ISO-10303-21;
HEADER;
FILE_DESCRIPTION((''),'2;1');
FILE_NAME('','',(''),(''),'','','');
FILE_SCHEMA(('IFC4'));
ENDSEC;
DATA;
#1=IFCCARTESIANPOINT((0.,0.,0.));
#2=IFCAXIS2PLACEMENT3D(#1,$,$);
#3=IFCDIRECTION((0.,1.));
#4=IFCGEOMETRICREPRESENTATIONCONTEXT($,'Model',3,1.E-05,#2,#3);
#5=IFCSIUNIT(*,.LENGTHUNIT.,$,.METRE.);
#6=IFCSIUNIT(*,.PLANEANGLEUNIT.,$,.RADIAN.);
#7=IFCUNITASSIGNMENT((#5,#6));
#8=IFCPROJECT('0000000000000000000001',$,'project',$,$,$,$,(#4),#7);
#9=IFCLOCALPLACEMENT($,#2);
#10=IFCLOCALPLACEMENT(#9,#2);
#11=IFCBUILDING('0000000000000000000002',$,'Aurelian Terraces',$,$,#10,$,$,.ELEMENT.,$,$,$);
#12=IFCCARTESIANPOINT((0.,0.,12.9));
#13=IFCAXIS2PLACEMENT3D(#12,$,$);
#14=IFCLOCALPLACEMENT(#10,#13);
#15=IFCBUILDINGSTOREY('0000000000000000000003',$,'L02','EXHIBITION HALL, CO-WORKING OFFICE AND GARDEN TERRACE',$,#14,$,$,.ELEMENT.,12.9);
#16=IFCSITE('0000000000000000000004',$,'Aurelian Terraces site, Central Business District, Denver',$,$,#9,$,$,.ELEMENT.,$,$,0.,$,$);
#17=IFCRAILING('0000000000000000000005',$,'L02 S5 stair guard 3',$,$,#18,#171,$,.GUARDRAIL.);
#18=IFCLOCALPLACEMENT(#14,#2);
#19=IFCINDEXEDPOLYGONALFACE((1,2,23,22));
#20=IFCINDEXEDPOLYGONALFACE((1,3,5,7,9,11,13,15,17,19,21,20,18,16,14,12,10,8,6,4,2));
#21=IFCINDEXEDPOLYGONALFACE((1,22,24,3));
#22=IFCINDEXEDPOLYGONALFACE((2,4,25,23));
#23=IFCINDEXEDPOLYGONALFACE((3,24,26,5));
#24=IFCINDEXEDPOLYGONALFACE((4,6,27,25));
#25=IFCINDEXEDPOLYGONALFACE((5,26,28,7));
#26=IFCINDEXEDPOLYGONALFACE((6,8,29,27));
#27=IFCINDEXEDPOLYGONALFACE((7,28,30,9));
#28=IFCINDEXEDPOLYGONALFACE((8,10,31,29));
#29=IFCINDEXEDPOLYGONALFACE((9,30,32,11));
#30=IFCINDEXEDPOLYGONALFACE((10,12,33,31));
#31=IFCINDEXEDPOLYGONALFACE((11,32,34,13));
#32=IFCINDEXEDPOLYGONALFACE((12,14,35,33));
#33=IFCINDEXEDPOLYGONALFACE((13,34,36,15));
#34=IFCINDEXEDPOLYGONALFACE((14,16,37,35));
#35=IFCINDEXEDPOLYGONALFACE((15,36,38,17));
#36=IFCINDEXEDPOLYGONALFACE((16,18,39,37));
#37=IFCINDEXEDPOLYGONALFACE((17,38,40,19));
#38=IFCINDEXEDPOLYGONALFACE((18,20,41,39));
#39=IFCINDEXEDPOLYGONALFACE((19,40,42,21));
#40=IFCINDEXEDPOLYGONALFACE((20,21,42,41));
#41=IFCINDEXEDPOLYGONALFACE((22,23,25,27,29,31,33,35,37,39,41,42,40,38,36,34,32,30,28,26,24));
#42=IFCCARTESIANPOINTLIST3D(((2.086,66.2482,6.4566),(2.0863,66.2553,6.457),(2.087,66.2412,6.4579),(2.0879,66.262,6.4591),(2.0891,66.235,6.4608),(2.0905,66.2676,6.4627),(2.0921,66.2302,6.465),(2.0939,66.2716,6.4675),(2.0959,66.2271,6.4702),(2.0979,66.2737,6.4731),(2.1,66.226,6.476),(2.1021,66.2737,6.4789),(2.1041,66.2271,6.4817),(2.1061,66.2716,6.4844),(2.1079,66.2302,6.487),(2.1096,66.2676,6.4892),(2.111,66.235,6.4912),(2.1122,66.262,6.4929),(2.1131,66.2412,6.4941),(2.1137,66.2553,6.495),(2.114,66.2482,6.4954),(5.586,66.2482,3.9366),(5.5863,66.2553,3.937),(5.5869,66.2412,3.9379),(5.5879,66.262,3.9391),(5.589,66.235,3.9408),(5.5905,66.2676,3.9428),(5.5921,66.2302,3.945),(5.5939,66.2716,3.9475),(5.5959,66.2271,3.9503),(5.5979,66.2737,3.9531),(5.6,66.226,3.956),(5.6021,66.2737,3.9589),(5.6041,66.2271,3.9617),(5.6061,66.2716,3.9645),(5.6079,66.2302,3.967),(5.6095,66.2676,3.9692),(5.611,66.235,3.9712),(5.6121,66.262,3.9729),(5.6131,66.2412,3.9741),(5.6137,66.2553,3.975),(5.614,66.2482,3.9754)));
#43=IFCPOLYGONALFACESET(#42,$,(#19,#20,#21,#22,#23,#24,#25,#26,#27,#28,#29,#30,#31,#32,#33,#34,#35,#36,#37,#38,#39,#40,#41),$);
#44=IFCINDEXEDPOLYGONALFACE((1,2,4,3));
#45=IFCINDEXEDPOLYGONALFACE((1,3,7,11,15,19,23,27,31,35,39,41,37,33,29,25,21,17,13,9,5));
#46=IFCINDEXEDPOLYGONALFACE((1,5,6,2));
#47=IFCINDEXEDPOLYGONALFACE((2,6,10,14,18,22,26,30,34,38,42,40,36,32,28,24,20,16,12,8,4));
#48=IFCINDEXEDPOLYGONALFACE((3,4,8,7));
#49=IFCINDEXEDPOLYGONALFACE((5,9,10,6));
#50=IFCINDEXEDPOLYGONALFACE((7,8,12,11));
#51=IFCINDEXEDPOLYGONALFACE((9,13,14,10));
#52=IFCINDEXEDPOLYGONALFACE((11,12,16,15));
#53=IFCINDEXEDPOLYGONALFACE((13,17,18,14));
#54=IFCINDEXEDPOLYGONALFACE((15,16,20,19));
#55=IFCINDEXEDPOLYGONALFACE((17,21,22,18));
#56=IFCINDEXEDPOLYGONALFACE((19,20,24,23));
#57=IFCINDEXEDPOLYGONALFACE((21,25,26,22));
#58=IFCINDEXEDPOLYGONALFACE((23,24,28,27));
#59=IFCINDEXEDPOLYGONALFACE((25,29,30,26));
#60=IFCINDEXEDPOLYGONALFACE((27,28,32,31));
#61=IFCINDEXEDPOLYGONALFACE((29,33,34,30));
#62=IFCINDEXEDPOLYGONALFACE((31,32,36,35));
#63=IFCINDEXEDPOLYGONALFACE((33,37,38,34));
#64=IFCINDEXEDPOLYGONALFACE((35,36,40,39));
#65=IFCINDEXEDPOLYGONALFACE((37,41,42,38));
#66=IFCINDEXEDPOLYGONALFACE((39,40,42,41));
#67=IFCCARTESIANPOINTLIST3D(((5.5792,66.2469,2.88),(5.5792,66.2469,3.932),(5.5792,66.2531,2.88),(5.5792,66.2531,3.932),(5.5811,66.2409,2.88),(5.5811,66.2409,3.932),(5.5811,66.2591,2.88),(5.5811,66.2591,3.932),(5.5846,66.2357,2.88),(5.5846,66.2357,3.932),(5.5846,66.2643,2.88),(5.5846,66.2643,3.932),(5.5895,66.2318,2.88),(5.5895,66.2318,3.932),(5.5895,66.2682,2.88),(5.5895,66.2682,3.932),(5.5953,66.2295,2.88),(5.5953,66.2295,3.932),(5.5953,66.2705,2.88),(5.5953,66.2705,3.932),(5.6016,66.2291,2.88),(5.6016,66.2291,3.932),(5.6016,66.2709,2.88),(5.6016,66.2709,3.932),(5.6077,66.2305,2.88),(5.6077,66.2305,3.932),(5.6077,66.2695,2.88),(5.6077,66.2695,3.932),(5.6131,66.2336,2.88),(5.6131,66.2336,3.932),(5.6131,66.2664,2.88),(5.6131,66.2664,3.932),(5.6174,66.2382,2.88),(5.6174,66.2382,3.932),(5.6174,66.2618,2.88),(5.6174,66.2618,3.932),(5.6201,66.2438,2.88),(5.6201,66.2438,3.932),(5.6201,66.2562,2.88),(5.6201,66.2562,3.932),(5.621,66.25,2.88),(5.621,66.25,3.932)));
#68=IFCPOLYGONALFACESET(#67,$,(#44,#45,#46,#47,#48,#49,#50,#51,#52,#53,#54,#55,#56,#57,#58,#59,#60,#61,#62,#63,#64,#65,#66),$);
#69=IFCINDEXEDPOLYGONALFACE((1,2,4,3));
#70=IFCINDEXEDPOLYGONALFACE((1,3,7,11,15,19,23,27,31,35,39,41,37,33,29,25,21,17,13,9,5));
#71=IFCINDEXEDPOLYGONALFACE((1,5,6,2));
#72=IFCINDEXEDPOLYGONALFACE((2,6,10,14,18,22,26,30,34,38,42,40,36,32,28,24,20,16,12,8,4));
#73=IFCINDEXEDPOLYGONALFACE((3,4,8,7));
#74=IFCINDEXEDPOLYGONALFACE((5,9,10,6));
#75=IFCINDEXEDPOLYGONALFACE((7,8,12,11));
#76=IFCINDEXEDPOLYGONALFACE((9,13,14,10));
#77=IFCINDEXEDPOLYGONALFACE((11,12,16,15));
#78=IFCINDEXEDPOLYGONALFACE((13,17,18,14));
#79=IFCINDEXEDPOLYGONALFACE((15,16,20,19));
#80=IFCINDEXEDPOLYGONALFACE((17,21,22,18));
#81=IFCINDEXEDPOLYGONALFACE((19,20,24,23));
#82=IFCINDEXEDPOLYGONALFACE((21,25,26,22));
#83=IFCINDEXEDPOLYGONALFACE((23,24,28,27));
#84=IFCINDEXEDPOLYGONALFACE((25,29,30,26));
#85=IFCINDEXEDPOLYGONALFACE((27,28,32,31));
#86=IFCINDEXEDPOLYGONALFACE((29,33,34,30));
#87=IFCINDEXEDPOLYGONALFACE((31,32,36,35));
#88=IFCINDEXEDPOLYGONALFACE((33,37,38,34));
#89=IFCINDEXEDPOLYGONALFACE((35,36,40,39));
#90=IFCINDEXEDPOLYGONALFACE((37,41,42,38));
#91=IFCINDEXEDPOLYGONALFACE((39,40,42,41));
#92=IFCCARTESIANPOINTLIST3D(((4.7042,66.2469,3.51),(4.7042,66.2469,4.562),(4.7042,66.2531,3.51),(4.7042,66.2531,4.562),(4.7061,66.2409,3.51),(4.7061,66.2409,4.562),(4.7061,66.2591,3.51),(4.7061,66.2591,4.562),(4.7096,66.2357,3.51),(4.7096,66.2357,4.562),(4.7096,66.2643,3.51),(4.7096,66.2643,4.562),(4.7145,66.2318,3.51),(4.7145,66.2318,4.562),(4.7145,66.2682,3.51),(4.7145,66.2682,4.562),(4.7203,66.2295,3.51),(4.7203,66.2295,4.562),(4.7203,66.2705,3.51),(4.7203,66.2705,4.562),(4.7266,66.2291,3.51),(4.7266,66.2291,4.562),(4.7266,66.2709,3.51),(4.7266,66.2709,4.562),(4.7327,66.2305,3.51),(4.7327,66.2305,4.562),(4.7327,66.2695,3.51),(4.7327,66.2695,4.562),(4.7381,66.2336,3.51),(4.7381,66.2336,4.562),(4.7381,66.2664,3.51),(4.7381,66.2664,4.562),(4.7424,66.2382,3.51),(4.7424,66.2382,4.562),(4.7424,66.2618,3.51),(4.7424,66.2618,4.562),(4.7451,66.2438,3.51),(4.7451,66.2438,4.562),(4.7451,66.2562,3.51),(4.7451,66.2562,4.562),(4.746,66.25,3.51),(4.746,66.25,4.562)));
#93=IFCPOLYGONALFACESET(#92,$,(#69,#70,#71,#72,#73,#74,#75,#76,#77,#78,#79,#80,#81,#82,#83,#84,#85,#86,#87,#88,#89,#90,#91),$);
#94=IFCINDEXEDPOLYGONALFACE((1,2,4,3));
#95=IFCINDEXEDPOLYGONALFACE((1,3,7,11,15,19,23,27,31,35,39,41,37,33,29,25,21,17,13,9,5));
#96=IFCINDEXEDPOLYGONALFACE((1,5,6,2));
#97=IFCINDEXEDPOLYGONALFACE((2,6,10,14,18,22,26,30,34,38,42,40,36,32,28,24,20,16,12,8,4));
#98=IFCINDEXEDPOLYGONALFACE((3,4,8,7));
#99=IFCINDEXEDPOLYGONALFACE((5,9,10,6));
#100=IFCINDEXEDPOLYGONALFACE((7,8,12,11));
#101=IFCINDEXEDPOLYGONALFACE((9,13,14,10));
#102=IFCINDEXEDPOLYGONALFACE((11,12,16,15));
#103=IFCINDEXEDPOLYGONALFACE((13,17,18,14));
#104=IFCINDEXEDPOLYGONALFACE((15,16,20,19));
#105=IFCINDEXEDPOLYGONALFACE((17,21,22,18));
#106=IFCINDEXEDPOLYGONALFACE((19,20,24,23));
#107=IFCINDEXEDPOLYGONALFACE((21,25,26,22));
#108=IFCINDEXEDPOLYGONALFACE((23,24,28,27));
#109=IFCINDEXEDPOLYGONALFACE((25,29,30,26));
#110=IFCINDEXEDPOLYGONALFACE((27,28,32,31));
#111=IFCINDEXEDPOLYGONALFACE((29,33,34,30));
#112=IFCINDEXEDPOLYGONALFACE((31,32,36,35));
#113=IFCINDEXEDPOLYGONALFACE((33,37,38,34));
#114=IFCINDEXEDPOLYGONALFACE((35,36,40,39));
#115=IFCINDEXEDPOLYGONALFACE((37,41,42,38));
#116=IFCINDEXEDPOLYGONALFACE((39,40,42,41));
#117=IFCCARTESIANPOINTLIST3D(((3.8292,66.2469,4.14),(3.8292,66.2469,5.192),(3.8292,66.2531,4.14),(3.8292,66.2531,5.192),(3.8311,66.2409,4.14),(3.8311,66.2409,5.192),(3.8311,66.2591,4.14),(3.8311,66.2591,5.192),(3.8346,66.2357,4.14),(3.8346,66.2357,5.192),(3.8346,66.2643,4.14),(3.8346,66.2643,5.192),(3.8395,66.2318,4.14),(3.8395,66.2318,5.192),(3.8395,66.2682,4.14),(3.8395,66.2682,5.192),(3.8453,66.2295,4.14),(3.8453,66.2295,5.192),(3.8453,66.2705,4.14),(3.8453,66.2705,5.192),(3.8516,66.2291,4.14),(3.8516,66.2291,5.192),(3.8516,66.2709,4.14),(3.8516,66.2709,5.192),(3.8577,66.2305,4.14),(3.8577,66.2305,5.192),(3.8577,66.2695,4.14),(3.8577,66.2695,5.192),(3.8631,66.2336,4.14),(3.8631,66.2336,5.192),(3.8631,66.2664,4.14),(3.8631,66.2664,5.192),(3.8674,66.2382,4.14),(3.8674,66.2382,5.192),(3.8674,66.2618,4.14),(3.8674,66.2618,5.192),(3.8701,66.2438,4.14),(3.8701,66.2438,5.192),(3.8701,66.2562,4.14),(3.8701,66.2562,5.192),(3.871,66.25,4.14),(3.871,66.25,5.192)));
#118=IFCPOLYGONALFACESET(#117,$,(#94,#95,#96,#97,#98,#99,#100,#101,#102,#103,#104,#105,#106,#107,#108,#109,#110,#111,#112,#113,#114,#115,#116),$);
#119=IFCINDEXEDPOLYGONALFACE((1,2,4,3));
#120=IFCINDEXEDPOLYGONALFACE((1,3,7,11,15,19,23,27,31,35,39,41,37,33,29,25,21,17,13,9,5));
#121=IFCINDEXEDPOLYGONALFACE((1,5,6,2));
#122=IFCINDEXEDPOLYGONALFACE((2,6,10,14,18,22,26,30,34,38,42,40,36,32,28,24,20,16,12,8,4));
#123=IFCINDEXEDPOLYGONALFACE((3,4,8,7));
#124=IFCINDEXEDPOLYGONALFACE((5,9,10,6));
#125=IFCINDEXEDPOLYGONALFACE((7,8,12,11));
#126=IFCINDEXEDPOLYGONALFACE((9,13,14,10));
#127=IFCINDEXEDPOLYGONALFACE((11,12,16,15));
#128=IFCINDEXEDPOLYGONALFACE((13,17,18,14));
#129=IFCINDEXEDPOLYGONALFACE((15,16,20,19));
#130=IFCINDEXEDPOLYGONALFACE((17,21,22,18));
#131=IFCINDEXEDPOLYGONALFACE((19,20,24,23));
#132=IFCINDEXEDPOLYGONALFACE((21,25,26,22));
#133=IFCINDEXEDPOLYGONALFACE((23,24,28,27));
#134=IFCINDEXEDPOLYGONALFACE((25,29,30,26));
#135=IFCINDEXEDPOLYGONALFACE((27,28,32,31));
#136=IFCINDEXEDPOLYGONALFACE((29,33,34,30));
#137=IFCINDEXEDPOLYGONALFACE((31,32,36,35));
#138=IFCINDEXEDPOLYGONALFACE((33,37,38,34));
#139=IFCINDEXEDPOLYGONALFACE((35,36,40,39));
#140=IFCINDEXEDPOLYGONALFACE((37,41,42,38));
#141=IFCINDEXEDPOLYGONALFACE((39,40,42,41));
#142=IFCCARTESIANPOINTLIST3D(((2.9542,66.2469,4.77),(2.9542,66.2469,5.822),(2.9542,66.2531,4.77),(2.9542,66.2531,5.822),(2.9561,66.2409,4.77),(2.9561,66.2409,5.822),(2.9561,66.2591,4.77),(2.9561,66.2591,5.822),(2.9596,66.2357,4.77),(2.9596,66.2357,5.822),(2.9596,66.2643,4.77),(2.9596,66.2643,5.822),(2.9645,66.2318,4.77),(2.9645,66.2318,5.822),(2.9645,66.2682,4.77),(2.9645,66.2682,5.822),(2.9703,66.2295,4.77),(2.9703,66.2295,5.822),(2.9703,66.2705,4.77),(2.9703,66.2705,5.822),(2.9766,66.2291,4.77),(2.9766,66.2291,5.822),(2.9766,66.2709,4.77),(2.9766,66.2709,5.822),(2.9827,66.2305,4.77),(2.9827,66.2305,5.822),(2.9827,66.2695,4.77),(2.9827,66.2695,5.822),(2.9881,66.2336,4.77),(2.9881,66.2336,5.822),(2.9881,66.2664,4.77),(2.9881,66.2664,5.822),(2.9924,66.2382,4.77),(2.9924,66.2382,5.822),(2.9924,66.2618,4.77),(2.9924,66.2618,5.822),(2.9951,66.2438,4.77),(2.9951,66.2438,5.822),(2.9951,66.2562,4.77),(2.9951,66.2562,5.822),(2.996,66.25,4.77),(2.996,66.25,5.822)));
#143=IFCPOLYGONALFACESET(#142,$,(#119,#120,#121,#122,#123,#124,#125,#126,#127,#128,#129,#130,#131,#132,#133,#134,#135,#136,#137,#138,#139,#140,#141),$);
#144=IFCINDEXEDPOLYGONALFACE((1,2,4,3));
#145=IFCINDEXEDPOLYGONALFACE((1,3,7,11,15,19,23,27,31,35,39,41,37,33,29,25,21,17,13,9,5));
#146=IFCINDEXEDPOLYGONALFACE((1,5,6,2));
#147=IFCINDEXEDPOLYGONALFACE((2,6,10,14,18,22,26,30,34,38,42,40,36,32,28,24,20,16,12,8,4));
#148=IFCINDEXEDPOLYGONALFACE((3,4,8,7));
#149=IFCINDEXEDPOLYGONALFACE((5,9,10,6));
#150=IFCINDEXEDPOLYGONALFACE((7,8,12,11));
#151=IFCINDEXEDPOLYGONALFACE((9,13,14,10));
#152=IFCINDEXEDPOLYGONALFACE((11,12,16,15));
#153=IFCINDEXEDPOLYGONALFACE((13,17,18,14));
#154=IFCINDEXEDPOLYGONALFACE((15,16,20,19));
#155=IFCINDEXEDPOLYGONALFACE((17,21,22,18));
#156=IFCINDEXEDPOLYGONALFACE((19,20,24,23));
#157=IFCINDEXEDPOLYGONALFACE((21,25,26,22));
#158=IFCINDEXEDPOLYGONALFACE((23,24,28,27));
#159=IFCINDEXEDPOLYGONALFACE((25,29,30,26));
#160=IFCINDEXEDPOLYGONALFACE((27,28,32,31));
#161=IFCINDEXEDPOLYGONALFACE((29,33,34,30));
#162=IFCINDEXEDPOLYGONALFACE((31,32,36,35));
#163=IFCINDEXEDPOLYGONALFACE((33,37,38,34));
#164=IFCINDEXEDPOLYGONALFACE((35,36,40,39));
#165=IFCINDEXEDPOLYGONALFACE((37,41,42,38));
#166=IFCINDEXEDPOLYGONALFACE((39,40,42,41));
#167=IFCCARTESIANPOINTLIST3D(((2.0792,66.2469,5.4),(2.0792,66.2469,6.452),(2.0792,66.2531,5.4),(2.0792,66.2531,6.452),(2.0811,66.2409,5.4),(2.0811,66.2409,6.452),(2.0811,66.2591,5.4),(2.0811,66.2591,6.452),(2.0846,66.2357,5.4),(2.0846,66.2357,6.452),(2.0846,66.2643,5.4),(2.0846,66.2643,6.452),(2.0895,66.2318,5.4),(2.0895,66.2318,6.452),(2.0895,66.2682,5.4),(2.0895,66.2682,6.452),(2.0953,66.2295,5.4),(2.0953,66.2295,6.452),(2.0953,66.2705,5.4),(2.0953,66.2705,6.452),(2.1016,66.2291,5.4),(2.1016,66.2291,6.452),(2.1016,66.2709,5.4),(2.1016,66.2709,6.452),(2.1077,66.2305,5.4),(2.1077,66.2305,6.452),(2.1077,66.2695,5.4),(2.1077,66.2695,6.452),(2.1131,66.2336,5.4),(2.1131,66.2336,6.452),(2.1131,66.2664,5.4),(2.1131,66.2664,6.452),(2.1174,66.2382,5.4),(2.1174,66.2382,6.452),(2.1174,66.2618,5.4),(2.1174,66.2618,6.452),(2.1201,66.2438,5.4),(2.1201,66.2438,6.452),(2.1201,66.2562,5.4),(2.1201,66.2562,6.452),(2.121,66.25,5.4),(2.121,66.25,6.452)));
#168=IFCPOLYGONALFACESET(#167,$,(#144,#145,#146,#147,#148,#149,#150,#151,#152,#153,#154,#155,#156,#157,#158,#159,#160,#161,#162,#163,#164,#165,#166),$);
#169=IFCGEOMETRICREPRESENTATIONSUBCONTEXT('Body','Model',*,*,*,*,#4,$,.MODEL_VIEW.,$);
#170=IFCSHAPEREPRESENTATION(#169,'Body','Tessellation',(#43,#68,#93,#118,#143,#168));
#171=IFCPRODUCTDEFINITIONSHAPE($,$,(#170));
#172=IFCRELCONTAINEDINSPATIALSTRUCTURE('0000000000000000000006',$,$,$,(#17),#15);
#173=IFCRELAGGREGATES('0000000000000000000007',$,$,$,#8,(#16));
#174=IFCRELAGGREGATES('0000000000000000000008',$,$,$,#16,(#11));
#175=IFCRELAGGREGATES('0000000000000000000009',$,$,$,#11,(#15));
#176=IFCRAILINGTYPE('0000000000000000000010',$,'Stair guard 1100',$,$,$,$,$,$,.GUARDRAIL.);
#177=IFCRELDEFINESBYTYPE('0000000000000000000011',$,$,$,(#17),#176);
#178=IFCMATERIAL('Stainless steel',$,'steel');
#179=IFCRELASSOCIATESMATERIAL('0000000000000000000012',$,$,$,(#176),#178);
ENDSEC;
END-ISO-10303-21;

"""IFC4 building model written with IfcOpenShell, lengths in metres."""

from ifc_helpers import new_model, si_unit, direction, frame, origin, origin_2d, place, context, subcontext, project, spatial, circle, extrude, source, transform, mapped, material, type_object, element, save


model = new_model("IFC4")

# Units and contexts
model_context = context("Model", 3, precision=1e-05, world=origin(), true_north=direction((0.0, 1.0)))
body_context = subcontext(model_context, "Body", "Model", "MODEL_VIEW")
ifc_project = project(units=[si_unit("LENGTHUNIT", "METRE"), si_unit("PLANEANGLEUNIT", "RADIAN")], contexts=[model_context])

# Site, building, storey
site_placement = place(None, origin())
site = spatial("IfcSite", under=ifc_project, at=site_placement, Name="Aurelian Terraces site, Central Business District, Denver", CompositionType="ELEMENT", RefElevation=0.0)
building_placement = place(site_placement, origin())
building = spatial("IfcBuilding", under=site, at=building_placement, Name="Aurelian Terraces", CompositionType="ELEMENT")
storey_placement = place(building_placement, frame((0.0, 0.0, 12.9)))
storey = spatial("IfcBuildingStorey", under=building, at=storey_placement, Name="L02", Description="EXHIBITION HALL, CO-WORKING OFFICE AND GARDEN TERRACE", CompositionType="ELEMENT", Elevation=12.9)

# Railing
ifc_material_1 = material(Name="Stainless steel", Category="steel")
railing_type_1 = type_object("IfcRailingType", Name="Stair guard 1100", PredefinedType="GUARDRAIL", material=ifc_material_1)
shared_shape_1 = source(origin(), body_context, "Body", "SweptSolid", [
    extrude(circle(Radius=0.024, at=origin_2d()), frame((0.0, 0.0, 1.076), z_axis=(-0.811534, 0.0, 0.584305), x_axis=(0.0, -1.0, 0.0)), (0.0, 0.0, 1.0), 4.3128),
    extrude(circle(Radius=0.021, at=origin_2d()), origin(), (0.0, 0.0, 1.0), 1.052),
    extrude(circle(Radius=0.021, at=origin_2d()), frame((-0.875, 0.0, 0.63)), (0.0, 0.0, 1.0), 1.052),
    extrude(circle(Radius=0.021, at=origin_2d()), frame((-1.75, 0.0, 1.26)), (0.0, 0.0, 1.0), 1.052),
    extrude(circle(Radius=0.021, at=origin_2d()), frame((-2.625, 0.0, 1.89)), (0.0, 0.0, 1.0), 1.052),
    extrude(circle(Radius=0.021, at=origin_2d()), frame((-3.5, 0.0, 2.52)), (0.0, 0.0, 1.0), 1.052),
])
railing_1_placement = place(storey_placement, frame((5.6, 66.25, 2.88)))
element("IfcRailing", 1, at=railing_1_placement, inside=storey, type_object=railing_type_1, Name="L02 S5 stair guard 3", PredefinedType="GUARDRAIL", context=body_context, shape_type="MappedRepresentation", body=[
    mapped(shared_shape_1, transform((0.0, 0.0, 0.0), scale=1.0)),
])

save(model, "model.ifc")
